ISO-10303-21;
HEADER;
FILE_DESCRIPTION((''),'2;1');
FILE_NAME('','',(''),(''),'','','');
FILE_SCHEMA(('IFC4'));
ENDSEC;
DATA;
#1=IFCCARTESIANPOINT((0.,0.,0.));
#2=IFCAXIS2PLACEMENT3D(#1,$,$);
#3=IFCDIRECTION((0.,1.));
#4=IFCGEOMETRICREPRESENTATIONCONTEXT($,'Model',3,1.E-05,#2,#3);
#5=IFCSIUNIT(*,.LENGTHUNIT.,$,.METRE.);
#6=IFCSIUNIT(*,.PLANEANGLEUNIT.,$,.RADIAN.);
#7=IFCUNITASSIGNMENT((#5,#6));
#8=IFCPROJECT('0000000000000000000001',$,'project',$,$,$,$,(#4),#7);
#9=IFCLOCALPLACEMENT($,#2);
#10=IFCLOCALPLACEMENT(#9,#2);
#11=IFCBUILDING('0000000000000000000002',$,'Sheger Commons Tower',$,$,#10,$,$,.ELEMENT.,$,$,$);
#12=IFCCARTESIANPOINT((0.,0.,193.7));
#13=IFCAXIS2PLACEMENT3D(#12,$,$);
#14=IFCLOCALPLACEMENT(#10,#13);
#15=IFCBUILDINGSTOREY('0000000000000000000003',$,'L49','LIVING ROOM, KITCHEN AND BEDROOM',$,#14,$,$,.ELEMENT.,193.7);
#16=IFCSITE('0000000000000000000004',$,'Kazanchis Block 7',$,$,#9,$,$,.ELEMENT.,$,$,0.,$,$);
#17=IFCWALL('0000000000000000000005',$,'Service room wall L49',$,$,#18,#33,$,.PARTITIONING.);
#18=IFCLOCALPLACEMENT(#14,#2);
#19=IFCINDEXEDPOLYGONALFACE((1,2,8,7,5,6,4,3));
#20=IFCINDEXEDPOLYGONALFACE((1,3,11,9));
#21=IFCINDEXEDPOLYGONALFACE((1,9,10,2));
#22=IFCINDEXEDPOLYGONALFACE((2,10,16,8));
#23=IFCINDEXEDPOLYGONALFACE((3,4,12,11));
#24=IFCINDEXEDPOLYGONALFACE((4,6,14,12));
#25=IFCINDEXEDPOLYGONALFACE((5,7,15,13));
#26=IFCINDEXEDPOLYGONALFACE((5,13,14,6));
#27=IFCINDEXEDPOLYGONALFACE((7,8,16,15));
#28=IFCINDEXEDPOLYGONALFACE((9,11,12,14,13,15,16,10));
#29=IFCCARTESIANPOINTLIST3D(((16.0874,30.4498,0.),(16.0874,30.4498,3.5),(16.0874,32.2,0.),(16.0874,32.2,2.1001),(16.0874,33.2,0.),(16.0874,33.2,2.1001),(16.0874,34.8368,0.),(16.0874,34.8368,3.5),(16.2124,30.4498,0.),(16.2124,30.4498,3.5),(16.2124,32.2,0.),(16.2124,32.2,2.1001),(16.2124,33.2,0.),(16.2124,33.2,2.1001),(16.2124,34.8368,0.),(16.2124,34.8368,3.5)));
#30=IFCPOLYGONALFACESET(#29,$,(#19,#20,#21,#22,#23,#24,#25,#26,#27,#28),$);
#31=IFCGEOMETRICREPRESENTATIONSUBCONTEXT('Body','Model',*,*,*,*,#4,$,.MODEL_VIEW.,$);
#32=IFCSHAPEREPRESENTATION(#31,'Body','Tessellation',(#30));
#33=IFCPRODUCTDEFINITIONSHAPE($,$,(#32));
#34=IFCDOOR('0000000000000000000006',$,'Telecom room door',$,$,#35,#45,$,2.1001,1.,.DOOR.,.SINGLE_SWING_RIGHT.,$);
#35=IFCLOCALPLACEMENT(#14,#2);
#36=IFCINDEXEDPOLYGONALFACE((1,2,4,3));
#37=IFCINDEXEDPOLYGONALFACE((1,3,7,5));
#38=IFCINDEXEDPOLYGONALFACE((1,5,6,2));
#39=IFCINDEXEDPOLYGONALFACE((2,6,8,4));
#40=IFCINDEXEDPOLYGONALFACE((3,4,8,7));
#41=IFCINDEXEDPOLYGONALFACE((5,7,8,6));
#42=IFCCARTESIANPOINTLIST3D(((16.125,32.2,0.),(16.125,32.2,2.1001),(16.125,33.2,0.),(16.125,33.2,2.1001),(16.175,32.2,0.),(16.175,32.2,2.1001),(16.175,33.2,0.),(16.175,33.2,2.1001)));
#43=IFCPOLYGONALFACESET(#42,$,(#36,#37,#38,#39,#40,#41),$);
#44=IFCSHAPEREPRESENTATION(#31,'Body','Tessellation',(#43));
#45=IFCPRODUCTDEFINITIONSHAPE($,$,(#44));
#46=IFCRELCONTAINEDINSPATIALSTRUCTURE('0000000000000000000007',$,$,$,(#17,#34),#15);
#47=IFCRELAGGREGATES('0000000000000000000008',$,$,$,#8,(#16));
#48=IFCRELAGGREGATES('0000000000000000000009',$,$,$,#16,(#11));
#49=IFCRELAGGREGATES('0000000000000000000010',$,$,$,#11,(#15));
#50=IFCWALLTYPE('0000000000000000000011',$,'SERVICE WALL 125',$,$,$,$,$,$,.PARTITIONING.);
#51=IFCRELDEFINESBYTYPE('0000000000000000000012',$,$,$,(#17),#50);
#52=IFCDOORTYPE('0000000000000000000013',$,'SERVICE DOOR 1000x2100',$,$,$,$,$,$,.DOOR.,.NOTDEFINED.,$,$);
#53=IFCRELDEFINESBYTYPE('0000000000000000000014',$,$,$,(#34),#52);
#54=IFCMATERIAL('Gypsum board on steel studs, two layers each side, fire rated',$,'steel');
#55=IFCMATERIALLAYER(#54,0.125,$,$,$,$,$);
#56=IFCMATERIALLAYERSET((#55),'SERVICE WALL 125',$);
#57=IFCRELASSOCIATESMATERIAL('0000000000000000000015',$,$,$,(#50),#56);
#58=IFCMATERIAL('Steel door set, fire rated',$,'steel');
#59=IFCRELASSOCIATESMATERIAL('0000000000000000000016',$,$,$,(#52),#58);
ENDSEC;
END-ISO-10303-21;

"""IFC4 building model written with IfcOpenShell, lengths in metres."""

from ifc_helpers import new_model, si_unit, direction, frame, frame_2d, origin, place, context, subcontext, project, spatial, rectangle, extrude, material, layer, layer_set, type_object, element, fill, save


model = new_model("IFC4")

# Units and contexts
model_context = context("Model", 3, precision=1e-05, world=origin(), true_north=direction((0.0, 1.0)))
body_context = subcontext(model_context, "Body", "Model", "MODEL_VIEW")
ifc_project = project(units=[si_unit("LENGTHUNIT", "METRE"), si_unit("PLANEANGLEUNIT", "RADIAN")], contexts=[model_context])

# Site, building, storey
site_placement = place(None, origin())
site = spatial("IfcSite", under=ifc_project, at=site_placement, Name="Kazanchis Block 7", CompositionType="ELEMENT", RefElevation=0.0)
building_placement = place(site_placement, origin())
building = spatial("IfcBuilding", under=site, at=building_placement, Name="Sheger Commons Tower", CompositionType="ELEMENT")
storey_placement = place(building_placement, frame((0.0, 0.0, 193.7)))
storey = spatial("IfcBuildingStorey", under=building, at=storey_placement, Name="L49", Description="LIVING ROOM, KITCHEN AND BEDROOM", CompositionType="ELEMENT", Elevation=193.7)

# Shared definitions
ifc_material_1 = material(Name="Gypsum board on steel studs, two layers each side, fire rated", Category="steel")
ifc_layer_1 = layer(ifc_material_1, 0.125)
ifc_layer_set_1 = layer_set([ifc_layer_1], Name="SERVICE WALL 125")
wall_type_1 = type_object("IfcWallType", Name="SERVICE WALL 125", PredefinedType="PARTITIONING", material=ifc_layer_set_1)
ifc_material_2 = material(Name="Steel door set, fire rated", Category="steel")
door_type_1 = type_object("IfcDoorType", Name="SERVICE DOOR 1000x2100", OperationType="NOTDEFINED", PredefinedType="DOOR", material=ifc_material_2)

# Wall, opening, door
wall_1_placement = place(storey_placement, frame((16.1499, 30.45, 0.0), z_axis=(0.0, 0.0, 1.0), x_axis=(0.0, 1.0, 0.0)))
wall_1 = element("IfcWall", 1, at=wall_1_placement, inside=storey, type_object=wall_type_1, Name="Service room wall L49", PredefinedType="PARTITIONING", context=body_context, shape_type="SweptSolid", body=[
    extrude(rectangle(XDim=4.387, YDim=0.125, at=frame_2d((2.1934, 0.0))), origin(), (0.0, 0.0, 1.0), 3.5),
])
opening_1_placement = place(wall_1_placement, frame((1.75, 0.0, 0.0)))
opening_1 = element("IfcOpeningElement", 2, at=opening_1_placement, cuts=wall_1, PredefinedType="OPENING", context=body_context, shape_type="SweptSolid", body=[
    extrude(rectangle(XDim=1.0, YDim=2.1001, at=frame_2d((0.5, 1.05))), frame((0.0, 0.0725, 0.0), z_axis=(0.0, -1.0, 0.0), x_axis=(1.0, 0.0, 0.0)), (0.0, 0.0, 1.0), 0.145),
])
door_1_placement = place(opening_1_placement, origin())
door_1 = element("IfcDoor", 3, at=door_1_placement, inside=storey, type_object=door_type_1, Name="Telecom room door", OperationType="SINGLE_SWING_RIGHT", OverallHeight=2.1001, OverallWidth=1.0, PredefinedType="DOOR", context=body_context, shape_type="SweptSolid", body=[
    extrude(rectangle(XDim=1.0, YDim=2.1001, at=frame_2d((0.5, 1.05))), frame((0.0, 0.0249, 0.0), z_axis=(0.0, -1.0, 0.0), x_axis=(1.0, 0.0, 0.0)), (0.0, 0.0, 1.0), 0.05),
])
fill(opening_1, door_1)

save(model, "model.ifc")
